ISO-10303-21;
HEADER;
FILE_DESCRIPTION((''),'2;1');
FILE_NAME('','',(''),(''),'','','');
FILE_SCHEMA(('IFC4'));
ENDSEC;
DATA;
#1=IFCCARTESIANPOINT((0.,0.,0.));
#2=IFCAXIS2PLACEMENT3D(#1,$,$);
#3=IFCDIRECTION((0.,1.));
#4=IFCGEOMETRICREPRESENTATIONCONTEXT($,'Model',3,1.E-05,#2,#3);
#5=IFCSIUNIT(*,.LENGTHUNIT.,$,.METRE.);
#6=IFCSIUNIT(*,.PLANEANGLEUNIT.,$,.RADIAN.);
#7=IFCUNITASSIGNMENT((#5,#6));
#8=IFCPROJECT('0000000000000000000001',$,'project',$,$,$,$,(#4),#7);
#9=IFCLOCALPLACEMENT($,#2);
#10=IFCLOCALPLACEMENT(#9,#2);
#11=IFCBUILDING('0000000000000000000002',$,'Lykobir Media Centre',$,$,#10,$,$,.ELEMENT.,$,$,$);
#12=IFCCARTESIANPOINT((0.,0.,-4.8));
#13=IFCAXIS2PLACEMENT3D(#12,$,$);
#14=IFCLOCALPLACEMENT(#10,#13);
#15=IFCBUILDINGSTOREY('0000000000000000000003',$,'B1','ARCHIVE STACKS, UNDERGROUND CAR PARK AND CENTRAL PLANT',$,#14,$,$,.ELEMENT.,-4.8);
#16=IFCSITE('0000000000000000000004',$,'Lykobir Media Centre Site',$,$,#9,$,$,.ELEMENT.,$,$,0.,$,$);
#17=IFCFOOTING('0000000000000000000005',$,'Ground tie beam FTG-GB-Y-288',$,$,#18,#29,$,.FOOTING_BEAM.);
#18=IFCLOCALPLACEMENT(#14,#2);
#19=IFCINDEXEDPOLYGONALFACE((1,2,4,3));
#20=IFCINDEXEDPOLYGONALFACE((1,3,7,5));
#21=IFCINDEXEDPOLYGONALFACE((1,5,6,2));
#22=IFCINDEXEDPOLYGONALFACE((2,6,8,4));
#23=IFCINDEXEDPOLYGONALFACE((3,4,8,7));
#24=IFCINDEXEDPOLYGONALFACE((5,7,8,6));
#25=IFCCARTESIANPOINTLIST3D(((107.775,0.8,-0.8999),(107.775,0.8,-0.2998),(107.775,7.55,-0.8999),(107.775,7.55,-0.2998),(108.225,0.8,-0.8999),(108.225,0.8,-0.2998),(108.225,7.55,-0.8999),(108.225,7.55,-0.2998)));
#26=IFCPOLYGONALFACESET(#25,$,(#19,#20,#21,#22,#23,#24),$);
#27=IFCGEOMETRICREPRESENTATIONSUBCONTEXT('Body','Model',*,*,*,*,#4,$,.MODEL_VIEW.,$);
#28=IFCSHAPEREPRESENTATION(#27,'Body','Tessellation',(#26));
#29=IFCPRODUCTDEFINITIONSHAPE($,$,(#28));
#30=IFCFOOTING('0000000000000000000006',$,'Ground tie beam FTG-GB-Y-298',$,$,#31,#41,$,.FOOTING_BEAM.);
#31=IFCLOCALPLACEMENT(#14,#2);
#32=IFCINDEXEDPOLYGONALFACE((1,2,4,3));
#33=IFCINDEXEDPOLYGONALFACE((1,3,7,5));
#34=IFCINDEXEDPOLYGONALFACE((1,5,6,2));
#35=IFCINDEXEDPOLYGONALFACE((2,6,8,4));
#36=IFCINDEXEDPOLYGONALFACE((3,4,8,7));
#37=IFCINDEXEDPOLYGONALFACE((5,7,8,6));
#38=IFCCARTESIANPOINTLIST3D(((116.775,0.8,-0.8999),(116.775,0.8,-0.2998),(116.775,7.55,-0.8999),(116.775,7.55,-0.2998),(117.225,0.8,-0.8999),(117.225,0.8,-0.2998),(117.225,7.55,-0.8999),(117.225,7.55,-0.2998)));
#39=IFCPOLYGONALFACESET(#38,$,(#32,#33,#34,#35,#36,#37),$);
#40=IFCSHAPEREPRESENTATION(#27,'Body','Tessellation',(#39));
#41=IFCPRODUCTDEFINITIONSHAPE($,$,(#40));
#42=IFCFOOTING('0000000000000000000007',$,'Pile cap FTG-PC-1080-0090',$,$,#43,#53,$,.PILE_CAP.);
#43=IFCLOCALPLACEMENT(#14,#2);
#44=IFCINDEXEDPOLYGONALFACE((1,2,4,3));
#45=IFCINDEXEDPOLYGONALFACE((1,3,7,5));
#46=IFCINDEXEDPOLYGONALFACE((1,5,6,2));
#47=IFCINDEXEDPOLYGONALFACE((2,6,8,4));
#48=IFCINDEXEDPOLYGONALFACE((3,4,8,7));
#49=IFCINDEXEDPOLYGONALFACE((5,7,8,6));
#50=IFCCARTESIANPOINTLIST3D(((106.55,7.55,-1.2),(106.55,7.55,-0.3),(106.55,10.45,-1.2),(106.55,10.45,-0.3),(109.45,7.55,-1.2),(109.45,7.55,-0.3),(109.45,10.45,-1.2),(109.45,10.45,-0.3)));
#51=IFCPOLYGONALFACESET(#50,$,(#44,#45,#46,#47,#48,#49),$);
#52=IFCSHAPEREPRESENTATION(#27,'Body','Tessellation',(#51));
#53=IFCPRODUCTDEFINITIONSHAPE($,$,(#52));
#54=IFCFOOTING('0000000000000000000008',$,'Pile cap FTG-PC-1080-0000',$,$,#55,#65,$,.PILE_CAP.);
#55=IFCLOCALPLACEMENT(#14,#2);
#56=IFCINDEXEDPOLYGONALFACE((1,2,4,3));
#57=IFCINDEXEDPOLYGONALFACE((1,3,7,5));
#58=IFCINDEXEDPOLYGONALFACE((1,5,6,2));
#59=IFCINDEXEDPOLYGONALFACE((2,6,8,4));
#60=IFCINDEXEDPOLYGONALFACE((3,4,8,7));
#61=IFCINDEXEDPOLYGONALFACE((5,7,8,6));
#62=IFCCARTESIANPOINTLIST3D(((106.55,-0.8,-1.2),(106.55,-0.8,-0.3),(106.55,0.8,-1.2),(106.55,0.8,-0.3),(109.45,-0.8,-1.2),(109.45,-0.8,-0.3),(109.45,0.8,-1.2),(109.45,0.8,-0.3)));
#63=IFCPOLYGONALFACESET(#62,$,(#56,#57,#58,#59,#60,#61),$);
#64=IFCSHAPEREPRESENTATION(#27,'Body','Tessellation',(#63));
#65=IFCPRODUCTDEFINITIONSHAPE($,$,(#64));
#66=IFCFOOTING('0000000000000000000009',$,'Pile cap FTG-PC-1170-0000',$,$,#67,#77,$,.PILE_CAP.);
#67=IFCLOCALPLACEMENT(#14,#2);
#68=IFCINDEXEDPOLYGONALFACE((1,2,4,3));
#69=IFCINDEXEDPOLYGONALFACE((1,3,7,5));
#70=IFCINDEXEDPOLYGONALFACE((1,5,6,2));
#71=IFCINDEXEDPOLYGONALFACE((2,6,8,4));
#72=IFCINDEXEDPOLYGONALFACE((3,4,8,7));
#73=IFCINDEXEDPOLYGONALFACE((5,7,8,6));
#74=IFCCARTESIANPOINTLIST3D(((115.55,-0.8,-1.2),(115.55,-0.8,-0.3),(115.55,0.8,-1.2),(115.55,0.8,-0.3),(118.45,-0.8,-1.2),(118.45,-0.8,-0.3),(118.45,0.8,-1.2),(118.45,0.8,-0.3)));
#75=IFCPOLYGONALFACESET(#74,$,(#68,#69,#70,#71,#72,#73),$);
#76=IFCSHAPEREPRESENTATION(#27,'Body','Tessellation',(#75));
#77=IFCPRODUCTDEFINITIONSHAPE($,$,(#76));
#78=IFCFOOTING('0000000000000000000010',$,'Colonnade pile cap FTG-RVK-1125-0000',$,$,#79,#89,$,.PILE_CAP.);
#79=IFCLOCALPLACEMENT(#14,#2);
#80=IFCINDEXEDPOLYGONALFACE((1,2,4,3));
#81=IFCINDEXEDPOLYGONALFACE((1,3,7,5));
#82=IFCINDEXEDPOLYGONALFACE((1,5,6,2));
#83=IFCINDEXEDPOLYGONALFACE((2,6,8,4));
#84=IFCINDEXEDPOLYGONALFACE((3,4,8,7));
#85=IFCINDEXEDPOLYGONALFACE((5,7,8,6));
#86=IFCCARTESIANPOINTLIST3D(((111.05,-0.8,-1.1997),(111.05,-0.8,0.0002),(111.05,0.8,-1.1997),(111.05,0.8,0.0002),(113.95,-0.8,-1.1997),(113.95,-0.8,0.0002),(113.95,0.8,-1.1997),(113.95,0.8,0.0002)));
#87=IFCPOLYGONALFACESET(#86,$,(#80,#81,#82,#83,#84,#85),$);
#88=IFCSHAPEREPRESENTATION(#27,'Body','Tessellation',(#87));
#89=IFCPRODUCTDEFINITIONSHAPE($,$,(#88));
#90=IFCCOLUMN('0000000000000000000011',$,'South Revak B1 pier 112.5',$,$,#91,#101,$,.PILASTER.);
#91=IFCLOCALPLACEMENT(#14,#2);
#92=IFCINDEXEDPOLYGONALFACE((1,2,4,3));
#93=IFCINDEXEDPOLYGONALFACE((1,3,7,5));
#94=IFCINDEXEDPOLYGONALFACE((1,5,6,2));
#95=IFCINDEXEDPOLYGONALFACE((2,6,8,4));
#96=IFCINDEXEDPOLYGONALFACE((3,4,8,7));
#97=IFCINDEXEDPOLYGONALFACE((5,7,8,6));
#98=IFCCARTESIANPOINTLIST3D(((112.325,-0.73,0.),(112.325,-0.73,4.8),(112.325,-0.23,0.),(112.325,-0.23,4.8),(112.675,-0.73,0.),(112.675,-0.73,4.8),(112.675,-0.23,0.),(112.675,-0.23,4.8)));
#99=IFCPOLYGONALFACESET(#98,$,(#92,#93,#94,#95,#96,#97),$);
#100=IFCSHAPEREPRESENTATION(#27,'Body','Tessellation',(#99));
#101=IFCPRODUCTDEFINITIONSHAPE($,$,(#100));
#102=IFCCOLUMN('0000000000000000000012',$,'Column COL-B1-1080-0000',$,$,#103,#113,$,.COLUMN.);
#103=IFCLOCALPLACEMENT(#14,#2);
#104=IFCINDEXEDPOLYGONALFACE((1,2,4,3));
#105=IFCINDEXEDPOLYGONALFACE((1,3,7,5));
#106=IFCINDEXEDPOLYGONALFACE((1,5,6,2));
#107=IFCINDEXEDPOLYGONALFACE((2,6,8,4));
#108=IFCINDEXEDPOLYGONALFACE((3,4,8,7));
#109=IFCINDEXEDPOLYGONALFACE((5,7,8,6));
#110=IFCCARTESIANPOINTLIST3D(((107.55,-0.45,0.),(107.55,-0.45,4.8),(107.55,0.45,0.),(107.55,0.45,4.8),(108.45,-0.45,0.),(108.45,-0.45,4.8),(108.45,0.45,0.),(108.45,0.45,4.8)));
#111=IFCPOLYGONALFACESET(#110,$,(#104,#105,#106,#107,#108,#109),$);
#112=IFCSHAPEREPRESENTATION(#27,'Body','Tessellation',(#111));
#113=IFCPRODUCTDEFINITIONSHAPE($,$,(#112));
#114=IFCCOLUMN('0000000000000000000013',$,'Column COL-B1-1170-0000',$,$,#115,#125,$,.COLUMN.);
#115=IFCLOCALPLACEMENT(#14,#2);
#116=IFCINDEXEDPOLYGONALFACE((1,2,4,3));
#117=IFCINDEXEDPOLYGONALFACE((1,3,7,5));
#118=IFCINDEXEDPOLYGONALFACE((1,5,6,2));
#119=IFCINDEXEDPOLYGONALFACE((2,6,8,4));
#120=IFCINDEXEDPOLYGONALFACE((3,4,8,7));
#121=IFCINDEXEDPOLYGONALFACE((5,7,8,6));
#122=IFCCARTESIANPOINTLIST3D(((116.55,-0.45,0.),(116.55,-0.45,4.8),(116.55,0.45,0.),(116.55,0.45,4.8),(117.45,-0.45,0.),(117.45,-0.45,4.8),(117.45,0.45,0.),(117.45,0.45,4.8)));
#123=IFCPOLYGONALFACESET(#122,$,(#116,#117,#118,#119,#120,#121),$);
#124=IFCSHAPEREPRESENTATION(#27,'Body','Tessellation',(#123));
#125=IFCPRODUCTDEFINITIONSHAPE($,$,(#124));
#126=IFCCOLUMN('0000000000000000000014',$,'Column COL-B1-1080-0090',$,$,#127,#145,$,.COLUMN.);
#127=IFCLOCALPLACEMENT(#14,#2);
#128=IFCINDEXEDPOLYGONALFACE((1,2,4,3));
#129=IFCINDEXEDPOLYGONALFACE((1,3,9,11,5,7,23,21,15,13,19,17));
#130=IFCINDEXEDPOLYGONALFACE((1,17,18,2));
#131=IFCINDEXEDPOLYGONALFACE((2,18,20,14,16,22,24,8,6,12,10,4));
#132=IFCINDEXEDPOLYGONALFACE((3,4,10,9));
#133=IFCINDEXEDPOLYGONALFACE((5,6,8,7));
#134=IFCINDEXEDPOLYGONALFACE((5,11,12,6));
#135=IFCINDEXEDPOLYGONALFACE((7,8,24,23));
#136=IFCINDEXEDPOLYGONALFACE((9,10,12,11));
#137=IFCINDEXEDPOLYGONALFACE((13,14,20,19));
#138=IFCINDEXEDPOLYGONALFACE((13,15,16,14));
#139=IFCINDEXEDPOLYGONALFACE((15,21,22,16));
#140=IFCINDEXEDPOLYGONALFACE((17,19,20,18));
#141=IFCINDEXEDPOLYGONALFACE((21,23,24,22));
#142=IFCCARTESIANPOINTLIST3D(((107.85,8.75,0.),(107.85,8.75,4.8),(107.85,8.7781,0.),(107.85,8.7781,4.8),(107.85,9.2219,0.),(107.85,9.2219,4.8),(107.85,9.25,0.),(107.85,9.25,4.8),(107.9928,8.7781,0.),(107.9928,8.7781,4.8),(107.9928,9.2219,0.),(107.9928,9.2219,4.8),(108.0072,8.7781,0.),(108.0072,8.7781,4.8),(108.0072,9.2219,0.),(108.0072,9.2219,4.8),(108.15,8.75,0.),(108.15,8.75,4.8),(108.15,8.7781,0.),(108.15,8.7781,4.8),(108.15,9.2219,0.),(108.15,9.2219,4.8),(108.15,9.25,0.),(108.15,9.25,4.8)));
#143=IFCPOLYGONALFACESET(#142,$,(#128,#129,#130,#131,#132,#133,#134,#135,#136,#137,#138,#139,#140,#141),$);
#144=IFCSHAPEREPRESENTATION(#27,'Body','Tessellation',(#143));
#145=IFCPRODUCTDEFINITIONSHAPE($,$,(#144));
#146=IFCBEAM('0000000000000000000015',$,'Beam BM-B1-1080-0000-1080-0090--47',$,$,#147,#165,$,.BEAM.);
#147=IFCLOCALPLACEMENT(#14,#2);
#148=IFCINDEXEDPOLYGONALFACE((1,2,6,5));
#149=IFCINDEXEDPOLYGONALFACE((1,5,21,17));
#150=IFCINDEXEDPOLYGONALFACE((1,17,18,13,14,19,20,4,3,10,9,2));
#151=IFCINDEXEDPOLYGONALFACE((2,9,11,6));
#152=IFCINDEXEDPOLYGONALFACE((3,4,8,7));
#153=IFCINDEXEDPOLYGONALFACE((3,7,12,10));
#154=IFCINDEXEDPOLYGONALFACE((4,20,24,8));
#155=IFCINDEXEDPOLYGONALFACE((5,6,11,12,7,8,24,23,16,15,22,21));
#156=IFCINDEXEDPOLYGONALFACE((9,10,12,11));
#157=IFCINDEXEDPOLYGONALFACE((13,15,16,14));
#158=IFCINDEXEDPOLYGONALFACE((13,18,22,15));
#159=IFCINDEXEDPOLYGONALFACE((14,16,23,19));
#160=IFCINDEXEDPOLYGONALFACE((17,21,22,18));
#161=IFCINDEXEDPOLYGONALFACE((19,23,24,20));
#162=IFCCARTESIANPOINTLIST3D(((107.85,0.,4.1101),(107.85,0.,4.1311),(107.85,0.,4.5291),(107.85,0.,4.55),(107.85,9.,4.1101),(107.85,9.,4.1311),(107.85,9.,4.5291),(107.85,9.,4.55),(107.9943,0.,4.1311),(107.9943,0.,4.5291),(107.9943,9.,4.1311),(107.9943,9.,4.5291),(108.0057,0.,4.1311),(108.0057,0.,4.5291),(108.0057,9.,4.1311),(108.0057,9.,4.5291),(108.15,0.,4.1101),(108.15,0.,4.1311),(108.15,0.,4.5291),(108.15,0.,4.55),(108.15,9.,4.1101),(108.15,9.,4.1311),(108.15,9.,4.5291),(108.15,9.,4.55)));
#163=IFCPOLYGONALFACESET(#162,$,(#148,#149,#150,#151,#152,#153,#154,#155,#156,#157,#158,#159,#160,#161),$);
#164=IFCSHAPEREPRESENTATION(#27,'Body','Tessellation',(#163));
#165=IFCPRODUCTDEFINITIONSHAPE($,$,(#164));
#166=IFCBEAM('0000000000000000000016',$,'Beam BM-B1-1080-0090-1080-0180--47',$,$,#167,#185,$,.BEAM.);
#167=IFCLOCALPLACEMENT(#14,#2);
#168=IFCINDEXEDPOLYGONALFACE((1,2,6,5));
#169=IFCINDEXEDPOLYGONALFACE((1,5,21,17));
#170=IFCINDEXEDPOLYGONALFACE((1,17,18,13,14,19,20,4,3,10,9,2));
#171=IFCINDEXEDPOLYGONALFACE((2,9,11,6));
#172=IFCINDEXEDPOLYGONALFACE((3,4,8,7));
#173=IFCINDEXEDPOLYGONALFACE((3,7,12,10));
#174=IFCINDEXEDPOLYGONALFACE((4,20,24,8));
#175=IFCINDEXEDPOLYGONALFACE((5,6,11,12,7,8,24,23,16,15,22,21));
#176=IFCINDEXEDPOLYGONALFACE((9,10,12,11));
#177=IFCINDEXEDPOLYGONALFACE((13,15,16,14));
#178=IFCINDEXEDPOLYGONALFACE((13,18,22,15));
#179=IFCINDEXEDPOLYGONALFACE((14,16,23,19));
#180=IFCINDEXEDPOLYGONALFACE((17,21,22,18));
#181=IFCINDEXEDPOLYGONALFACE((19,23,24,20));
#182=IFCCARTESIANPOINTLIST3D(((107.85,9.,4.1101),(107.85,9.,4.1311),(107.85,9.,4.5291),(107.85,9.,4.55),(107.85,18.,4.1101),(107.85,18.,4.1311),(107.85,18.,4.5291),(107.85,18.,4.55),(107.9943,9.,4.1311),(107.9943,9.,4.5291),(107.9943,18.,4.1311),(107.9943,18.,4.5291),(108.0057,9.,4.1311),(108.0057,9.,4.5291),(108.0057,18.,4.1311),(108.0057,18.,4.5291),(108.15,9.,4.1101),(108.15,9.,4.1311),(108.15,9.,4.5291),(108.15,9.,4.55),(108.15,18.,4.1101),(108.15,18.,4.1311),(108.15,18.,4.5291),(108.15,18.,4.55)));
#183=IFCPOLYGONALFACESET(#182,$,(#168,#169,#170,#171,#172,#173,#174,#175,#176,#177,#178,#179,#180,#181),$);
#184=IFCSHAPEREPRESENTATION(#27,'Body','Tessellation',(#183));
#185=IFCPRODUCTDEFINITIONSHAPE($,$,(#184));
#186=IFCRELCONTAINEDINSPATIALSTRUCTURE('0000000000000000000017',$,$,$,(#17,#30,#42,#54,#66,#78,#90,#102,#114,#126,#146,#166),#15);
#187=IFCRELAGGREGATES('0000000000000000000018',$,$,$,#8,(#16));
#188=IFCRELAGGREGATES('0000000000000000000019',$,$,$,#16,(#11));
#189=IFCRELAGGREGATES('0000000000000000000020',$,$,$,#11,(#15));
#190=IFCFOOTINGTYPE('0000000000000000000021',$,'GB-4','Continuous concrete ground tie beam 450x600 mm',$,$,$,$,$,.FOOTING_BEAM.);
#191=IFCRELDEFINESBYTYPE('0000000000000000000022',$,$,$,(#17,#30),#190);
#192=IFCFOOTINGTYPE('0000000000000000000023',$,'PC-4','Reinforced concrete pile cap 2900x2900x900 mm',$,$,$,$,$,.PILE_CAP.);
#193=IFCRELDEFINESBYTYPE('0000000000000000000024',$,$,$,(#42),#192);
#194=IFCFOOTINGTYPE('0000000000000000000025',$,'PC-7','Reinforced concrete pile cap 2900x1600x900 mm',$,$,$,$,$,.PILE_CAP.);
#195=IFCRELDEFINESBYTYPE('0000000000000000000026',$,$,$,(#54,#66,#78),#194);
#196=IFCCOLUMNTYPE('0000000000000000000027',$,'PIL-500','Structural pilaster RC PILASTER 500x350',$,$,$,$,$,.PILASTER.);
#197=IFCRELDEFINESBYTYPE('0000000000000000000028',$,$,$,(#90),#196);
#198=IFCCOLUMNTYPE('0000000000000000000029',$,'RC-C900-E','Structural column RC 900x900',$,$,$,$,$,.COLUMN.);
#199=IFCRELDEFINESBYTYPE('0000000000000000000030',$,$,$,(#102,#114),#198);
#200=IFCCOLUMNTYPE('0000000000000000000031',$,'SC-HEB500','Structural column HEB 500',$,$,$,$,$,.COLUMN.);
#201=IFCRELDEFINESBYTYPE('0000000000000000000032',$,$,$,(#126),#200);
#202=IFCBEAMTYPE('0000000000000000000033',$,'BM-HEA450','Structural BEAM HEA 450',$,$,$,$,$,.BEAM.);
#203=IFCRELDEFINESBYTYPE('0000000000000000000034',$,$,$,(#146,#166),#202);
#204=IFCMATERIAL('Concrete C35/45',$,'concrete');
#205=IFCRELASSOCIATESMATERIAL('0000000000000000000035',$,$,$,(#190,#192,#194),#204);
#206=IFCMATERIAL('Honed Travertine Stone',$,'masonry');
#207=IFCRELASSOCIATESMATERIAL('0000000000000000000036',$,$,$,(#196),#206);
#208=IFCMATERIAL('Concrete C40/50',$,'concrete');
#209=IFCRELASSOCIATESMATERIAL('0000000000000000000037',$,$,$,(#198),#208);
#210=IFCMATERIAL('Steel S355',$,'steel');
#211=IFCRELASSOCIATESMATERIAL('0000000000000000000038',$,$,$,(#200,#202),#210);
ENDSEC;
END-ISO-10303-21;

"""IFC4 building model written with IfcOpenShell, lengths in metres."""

from ifc_helpers import new_model, si_unit, direction, frame, origin, origin_2d, place, context, subcontext, project, spatial, rectangle, i_section, extrude, material, material_profile, profile_set, type_object, element, save


model = new_model("IFC4")

# Units and contexts
model_context = context("Model", 3, precision=1e-05, world=origin(), true_north=direction((0.0, 1.0)))
body_context = subcontext(model_context, "Body", "Model", "MODEL_VIEW")
ifc_project = project(units=[si_unit("LENGTHUNIT", "METRE"), si_unit("PLANEANGLEUNIT", "RADIAN")], contexts=[model_context])

# Site, building, storey
site_placement = place(None, origin())
site = spatial("IfcSite", under=ifc_project, at=site_placement, Name="Lykobir Media Centre Site", CompositionType="ELEMENT", RefElevation=0.0)
building_placement = place(site_placement, origin())
building = spatial("IfcBuilding", under=site, at=building_placement, Name="Lykobir Media Centre", CompositionType="ELEMENT")
storey_placement = place(building_placement, frame((0.0, 0.0, -4.8)))
storey = spatial("IfcBuildingStorey", under=building, at=storey_placement, Name="B1", Description="ARCHIVE STACKS, UNDERGROUND CAR PARK AND CENTRAL PLANT", CompositionType="ELEMENT", Elevation=-4.8)

# Footings
ifc_material_1 = material(Name="Concrete C35/45", Category="concrete")
footing_type_1 = type_object("IfcFootingType", Name="GB-4", Description="Continuous concrete ground tie beam 450x600 mm", PredefinedType="FOOTING_BEAM", material=ifc_material_1)
for number, where, z_axis, x_axis, name in (
    (1, (108.0, 4.175, -0.8999), (0.0, 0.0, 1.0), (0.0, 1.0, 0.0), "Ground tie beam FTG-GB-Y-288"),
    (2, (117.0, 4.175, -0.8999), (0.0, 0.0, 1.0), (0.0, 1.0, 0.0), "Ground tie beam FTG-GB-Y-298"),
):
    element("IfcFooting", number, at=place(storey_placement, frame(where, z_axis=z_axis, x_axis=x_axis)), inside=storey, type_object=footing_type_1, Name=name, PredefinedType="FOOTING_BEAM", context=body_context, shape_type="SweptSolid", body=[
        extrude(rectangle(XDim=6.75, YDim=0.45, at=origin_2d()), origin(), (0.0, 0.0, 1.0), 0.6001),
    ])
footing_type_2 = type_object("IfcFootingType", Name="PC-4", Description="Reinforced concrete pile cap 2900x2900x900 mm", PredefinedType="PILE_CAP", material=ifc_material_1)
footing_1_placement = place(storey_placement, frame((108.0, 9.0, -1.2), z_axis=(0.0, 0.0, 1.0), x_axis=(1.0, 0.0, 0.0)))
element("IfcFooting", 3, at=footing_1_placement, inside=storey, type_object=footing_type_2, Name="Pile cap FTG-PC-1080-0090", PredefinedType="PILE_CAP", context=body_context, shape_type="SweptSolid", body=[
    extrude(rectangle(XDim=2.8999, YDim=2.8999, at=origin_2d()), origin(), (0.0, 0.0, 1.0), 0.8999),
])
footing_type_3 = type_object("IfcFootingType", Name="PC-7", Description="Reinforced concrete pile cap 2900x1600x900 mm", PredefinedType="PILE_CAP", material=ifc_material_1)
for number, where, z_axis, x_axis, name in (
    (4, (108.0, 0.0, -1.2), (0.0, 0.0, 1.0), (1.0, 0.0, 0.0), "Pile cap FTG-PC-1080-0000"),
    (5, (117.0, 0.0, -1.2), (0.0, 0.0, 1.0), (1.0, 0.0, 0.0), "Pile cap FTG-PC-1170-0000"),
):
    element("IfcFooting", number, at=place(storey_placement, frame(where, z_axis=z_axis, x_axis=x_axis)), inside=storey, type_object=footing_type_3, Name=name, PredefinedType="PILE_CAP", context=body_context, shape_type="SweptSolid", body=[
        extrude(rectangle(XDim=2.8999, YDim=1.6001, at=origin_2d()), origin(), (0.0, 0.0, 1.0), 0.8999),
    ])
footing_2_placement = place(storey_placement, frame((112.5, 0.0, -1.1997), z_axis=(0.0, 0.0, 1.0), x_axis=(1.0, 0.0, 0.0)))
element("IfcFooting", 6, at=footing_2_placement, inside=storey, type_object=footing_type_3, Name="Colonnade pile cap FTG-RVK-1125-0000", PredefinedType="PILE_CAP", context=body_context, shape_type="SweptSolid", body=[
    extrude(rectangle(XDim=2.8999, YDim=1.6001, at=origin_2d()), origin(), (0.0, 0.0, 1.0), 1.2),
])

# Columns
ifc_material_2 = material(Name="Honed Travertine Stone", Category="masonry")
ifc_material_profile_1 = material_profile(ifc_material_2, rectangle(XDim=0.3501, YDim=0.5, at=origin_2d()), Name="RC PILASTER 500x350")
ifc_profile_set_1 = profile_set([ifc_material_profile_1], Name="Honed Travertine Stone")
column_type_1 = type_object("IfcColumnType", Name="PIL-500", Description="Structural pilaster RC PILASTER 500x350", PredefinedType="PILASTER", material=ifc_profile_set_1)
column_1_placement = place(storey_placement, frame((112.5, -0.48, 0.0), z_axis=(0.0, 0.0, 1.0), x_axis=(1.0, 0.0, 0.0)))
element("IfcColumn", 7, at=column_1_placement, inside=storey, type_object=column_type_1, Name="South Revak B1 pier 112.5", PredefinedType="PILASTER", context=body_context, shape_type="SweptSolid", body=[
    extrude(rectangle(XDim=0.3501, YDim=0.5, at=origin_2d()), origin(), (0.0, 0.0, 1.0), 4.8),
])
ifc_material_3 = material(Name="Concrete C40/50", Category="concrete")
ifc_material_profile_2 = material_profile(ifc_material_3, rectangle(XDim=0.8999, YDim=0.8999, at=origin_2d()), Name="RC 900x900")
ifc_profile_set_2 = profile_set([ifc_material_profile_2], Name="Concrete C40/50")
column_type_2 = type_object("IfcColumnType", Name="RC-C900-E", Description="Structural column RC 900x900", PredefinedType="COLUMN", material=ifc_profile_set_2)
for number, where, z_axis, x_axis, name in (
    (8, (108.0, 0.0, 0.0), (0.0, 0.0, 1.0), (1.0, 0.0, 0.0), "Column COL-B1-1080-0000"),
    (9, (117.0, 0.0, 0.0), (0.0, 0.0, 1.0), (1.0, 0.0, 0.0), "Column COL-B1-1170-0000"),
):
    element("IfcColumn", number, at=place(storey_placement, frame(where, z_axis=z_axis, x_axis=x_axis)), inside=storey, type_object=column_type_2, Name=name, PredefinedType="COLUMN", context=body_context, shape_type="SweptSolid", body=[
        extrude(rectangle(XDim=0.8999, YDim=0.8999, at=origin_2d()), origin(), (0.0, 0.0, 1.0), 4.8),
    ])
ifc_material_4 = material(Name="Steel S355", Category="steel")
ifc_material_profile_3 = material_profile(ifc_material_4, i_section(OverallWidth=0.3, OverallDepth=0.5, WebThickness=0.0144, FlangeThickness=0.0281, at=origin_2d()), Name="HEB 500")
ifc_profile_set_3 = profile_set([ifc_material_profile_3], Name="Steel S355")
column_type_3 = type_object("IfcColumnType", Name="SC-HEB500", Description="Structural column HEB 500", PredefinedType="COLUMN", material=ifc_profile_set_3)
column_2_placement = place(storey_placement, frame((108.0, 9.0, 0.0), z_axis=(0.0, 0.0, 1.0), x_axis=(1.0, 0.0, 0.0)))
element("IfcColumn", 10, at=column_2_placement, inside=storey, type_object=column_type_3, Name="Column COL-B1-1080-0090", PredefinedType="COLUMN", context=body_context, shape_type="SweptSolid", body=[
    extrude(i_section(OverallWidth=0.3, OverallDepth=0.5, WebThickness=0.0144, FlangeThickness=0.0281, at=origin_2d()), origin(), (0.0, 0.0, 1.0), 4.8),
])

# Beams
ifc_material_profile_4 = material_profile(ifc_material_4, i_section(OverallWidth=0.3, OverallDepth=0.4399, WebThickness=0.0115, FlangeThickness=0.021, at=origin_2d()), Name="HEA 450")
ifc_profile_set_4 = profile_set([ifc_material_profile_4], Name="Steel S355")
beam_type_1 = type_object("IfcBeamType", Name="BM-HEA450", Description="Structural BEAM HEA 450", PredefinedType="BEAM", material=ifc_profile_set_4)
for number, where, z_axis, x_axis, name in (
    (11, (108.0, 0.0, 4.3301), (0.0, 1.0, 0.0), (-1.0, 0.0, 0.0), "Beam BM-B1-1080-0000-1080-0090--47"),
    (12, (108.0, 9.0, 4.3301), (0.0, 1.0, 0.0), (-1.0, 0.0, 0.0), "Beam BM-B1-1080-0090-1080-0180--47"),
):
    element("IfcBeam", number, at=place(storey_placement, frame(where, z_axis=z_axis, x_axis=x_axis)), inside=storey, type_object=beam_type_1, Name=name, PredefinedType="BEAM", context=body_context, shape_type="SweptSolid", body=[
        extrude(i_section(OverallWidth=0.3, OverallDepth=0.4399, WebThickness=0.0115, FlangeThickness=0.021, at=origin_2d()), origin(), (0.0, 0.0, 1.0), 9.0),
    ])

save(model, "model.ifc")
